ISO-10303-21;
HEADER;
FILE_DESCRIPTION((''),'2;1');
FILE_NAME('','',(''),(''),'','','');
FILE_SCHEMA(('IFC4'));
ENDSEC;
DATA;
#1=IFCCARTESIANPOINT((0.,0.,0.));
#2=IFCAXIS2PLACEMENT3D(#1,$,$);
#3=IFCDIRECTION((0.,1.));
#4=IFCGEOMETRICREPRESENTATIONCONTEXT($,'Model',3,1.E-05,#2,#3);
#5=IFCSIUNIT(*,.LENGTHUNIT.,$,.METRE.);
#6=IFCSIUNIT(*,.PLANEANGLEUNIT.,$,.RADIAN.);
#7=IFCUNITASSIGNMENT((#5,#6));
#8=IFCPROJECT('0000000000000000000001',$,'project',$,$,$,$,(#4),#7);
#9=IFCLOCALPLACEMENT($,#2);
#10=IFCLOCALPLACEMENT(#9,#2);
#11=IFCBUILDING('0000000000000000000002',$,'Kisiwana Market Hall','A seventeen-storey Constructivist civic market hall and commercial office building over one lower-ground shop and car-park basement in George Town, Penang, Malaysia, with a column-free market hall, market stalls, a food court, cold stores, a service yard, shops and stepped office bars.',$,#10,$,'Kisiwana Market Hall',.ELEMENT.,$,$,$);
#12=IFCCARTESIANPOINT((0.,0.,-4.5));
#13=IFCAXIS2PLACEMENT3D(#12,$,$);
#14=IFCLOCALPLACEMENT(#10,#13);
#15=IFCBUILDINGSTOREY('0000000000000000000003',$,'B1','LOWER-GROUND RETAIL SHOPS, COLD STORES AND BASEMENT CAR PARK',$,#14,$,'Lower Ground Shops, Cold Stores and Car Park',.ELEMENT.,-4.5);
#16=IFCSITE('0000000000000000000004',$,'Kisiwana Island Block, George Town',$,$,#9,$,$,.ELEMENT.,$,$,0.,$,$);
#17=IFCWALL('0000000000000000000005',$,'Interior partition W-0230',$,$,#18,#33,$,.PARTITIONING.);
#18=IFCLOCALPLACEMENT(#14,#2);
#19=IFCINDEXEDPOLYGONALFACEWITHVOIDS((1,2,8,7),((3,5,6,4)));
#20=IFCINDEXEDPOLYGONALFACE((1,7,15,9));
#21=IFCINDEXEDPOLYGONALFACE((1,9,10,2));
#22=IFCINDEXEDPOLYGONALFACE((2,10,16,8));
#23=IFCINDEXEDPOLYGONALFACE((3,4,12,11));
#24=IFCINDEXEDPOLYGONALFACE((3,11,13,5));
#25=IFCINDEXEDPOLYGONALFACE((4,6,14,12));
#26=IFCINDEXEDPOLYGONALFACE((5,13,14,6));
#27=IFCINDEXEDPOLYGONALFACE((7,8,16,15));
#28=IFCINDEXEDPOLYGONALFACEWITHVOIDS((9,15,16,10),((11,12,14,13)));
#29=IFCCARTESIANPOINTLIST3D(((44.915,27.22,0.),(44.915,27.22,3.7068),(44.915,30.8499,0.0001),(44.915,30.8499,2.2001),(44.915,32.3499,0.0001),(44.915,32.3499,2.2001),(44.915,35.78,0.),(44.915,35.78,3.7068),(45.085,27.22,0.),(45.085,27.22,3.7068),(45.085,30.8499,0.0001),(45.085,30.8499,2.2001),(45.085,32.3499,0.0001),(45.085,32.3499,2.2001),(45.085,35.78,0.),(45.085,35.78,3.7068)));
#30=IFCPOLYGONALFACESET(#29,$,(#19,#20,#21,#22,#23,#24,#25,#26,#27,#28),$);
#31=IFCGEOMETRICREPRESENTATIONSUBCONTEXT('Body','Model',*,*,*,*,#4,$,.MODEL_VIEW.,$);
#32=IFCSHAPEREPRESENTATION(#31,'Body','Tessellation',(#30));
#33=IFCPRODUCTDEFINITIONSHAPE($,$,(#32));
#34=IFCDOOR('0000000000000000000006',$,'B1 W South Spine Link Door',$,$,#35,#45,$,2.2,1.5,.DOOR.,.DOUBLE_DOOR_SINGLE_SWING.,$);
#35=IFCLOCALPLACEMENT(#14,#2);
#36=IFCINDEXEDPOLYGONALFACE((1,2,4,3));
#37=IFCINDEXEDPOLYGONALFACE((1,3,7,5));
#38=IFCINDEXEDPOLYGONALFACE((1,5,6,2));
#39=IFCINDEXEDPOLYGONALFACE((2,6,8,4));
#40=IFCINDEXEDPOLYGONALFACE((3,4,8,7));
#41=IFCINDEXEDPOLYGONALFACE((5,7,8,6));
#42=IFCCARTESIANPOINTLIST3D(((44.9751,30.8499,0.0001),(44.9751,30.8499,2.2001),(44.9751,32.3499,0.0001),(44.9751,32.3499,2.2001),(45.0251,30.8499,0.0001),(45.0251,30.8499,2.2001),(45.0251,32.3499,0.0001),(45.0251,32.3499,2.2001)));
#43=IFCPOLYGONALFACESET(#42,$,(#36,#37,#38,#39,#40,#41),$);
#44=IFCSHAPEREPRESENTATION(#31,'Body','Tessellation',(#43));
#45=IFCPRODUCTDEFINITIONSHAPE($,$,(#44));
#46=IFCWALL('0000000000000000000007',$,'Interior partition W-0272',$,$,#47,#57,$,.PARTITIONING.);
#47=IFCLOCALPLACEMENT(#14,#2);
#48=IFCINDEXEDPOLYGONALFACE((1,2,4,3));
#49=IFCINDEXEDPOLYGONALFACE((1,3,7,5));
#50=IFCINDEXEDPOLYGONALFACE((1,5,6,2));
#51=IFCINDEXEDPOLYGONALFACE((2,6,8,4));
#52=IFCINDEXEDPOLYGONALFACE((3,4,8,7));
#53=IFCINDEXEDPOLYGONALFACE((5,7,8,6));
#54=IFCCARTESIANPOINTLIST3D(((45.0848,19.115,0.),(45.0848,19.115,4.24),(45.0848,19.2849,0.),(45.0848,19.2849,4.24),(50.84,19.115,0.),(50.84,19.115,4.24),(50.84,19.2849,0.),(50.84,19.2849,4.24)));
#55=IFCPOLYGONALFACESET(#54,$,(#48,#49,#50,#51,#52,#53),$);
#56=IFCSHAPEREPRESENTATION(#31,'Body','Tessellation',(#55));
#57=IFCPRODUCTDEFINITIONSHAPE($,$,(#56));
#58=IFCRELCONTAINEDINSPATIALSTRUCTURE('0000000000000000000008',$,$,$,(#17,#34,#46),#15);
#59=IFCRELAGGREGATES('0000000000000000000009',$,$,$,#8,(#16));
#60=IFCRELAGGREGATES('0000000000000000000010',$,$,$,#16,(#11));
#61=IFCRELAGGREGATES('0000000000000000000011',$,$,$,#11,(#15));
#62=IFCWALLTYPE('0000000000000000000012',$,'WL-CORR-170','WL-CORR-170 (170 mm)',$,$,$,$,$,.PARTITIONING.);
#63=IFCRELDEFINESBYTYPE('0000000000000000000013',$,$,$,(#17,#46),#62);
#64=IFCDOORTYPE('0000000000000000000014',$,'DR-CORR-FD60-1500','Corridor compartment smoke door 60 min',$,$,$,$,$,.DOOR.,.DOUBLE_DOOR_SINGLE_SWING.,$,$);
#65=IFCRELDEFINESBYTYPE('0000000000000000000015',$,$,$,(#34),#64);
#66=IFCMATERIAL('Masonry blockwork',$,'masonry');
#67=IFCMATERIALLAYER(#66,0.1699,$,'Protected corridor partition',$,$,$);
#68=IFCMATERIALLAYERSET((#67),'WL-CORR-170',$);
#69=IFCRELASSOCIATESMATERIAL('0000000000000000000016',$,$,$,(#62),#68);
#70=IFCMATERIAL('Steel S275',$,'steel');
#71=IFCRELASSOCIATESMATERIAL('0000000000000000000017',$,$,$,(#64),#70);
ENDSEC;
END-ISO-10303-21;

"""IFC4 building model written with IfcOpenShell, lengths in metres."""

from ifc_helpers import new_model, si_unit, direction, frame, frame_2d, origin, place, context, subcontext, project, spatial, rectangle, extrude, material, layer, layer_set, type_object, element, fill, save


model = new_model("IFC4")

# Units and contexts
model_context = context("Model", 3, precision=1e-05, world=origin(), true_north=direction((0.0, 1.0)))
body_context = subcontext(model_context, "Body", "Model", "MODEL_VIEW")
ifc_project = project(units=[si_unit("LENGTHUNIT", "METRE"), si_unit("PLANEANGLEUNIT", "RADIAN")], contexts=[model_context])

# Site, building, storey
site_placement = place(None, origin())
site = spatial("IfcSite", under=ifc_project, at=site_placement, Name="Kisiwana Island Block, George Town", CompositionType="ELEMENT", RefElevation=0.0)
building_placement = place(site_placement, origin())
building = spatial("IfcBuilding", under=site, at=building_placement, Name="Kisiwana Market Hall", Description="A seventeen-storey Constructivist civic market hall and commercial office building over one lower-ground shop and car-park basement in George Town, Penang, Malaysia, with a column-free market hall, market stalls, a food court, cold stores, a service yard, shops and stepped office bars.", LongName="Kisiwana Market Hall", CompositionType="ELEMENT")
storey_placement = place(building_placement, frame((0.0, 0.0, -4.5)))
storey = spatial("IfcBuildingStorey", under=building, at=storey_placement, Name="B1", Description="LOWER-GROUND RETAIL SHOPS, COLD STORES AND BASEMENT CAR PARK", LongName="Lower Ground Shops, Cold Stores and Car Park", CompositionType="ELEMENT", Elevation=-4.5)

# Shared definitions
ifc_material_1 = material(Name="Masonry blockwork", Category="masonry")
ifc_layer_1 = layer(ifc_material_1, 0.1699, Name="Protected corridor partition")
ifc_layer_set_1 = layer_set([ifc_layer_1], Name="WL-CORR-170")
wall_type_1 = type_object("IfcWallType", Name="WL-CORR-170", Description="WL-CORR-170 (170 mm)", PredefinedType="PARTITIONING", material=ifc_layer_set_1)

# Wall, opening, door
wall_1_placement = place(storey_placement, frame((45.0, 27.22, 0.0), z_axis=(0.0, 0.0, 1.0), x_axis=(0.0, 1.0, 0.0)))
wall_1 = element("IfcWall", 1, at=wall_1_placement, inside=storey, type_object=wall_type_1, Name="Interior partition W-0230", PredefinedType="PARTITIONING", context=body_context, shape_type="SweptSolid", body=[
    extrude(rectangle(XDim=8.5601, YDim=0.1699, at=frame_2d((4.28, 0.0))), origin(), (0.0, 0.0, 1.0), 3.7068),
])
opening_placement = place(wall_1_placement, frame((3.6299, 0.0, 0.0)))
opening = element("IfcOpeningElement", 2, at=opening_placement, cuts=wall_1, PredefinedType="OPENING", context=body_context, shape_type="SweptSolid", body=[
    extrude(rectangle(XDim=1.5, YDim=2.2, at=frame_2d((0.75, 1.1001))), frame((0.0, 0.0969, 0.0), z_axis=(0.0, -1.0, 0.0), x_axis=(1.0, 0.0, 0.0)), (0.0, 0.0, 1.0), 0.1938),
])
ifc_material_2 = material(Name="Steel S275", Category="steel")
door_type = type_object("IfcDoorType", Name="DR-CORR-FD60-1500", Description="Corridor compartment smoke door 60 min", OperationType="DOUBLE_DOOR_SINGLE_SWING", PredefinedType="DOOR", material=ifc_material_2)
door_placement = place(opening_placement, origin())
door = element("IfcDoor", 3, at=door_placement, inside=storey, type_object=door_type, Name="B1 W South Spine Link Door", OperationType="DOUBLE_DOOR_SINGLE_SWING", OverallHeight=2.2, OverallWidth=1.5, PredefinedType="DOOR", context=body_context, shape_type="SweptSolid", body=[
    extrude(rectangle(XDim=1.5, YDim=2.2, at=frame_2d((0.75, 1.1001))), frame((0.0, 0.0249, 0.0), z_axis=(0.0, -1.0, 0.0), x_axis=(1.0, 0.0, 0.0)), (0.0, 0.0, 1.0), 0.05),
])
fill(opening, door)

# Wall
wall_2_placement = place(storey_placement, frame((45.085, 19.2, 0.0), z_axis=(0.0, 0.0, 1.0), x_axis=(1.0, 0.0, 0.0)))
element("IfcWall", 4, at=wall_2_placement, inside=storey, type_object=wall_type_1, Name="Interior partition W-0272", PredefinedType="PARTITIONING", context=body_context, shape_type="SweptSolid", body=[
    extrude(rectangle(XDim=5.7551, YDim=0.1699, at=frame_2d((2.8774, 0.0))), origin(), (0.0, 0.0, 1.0), 4.24),
])

save(model, "model.ifc")
